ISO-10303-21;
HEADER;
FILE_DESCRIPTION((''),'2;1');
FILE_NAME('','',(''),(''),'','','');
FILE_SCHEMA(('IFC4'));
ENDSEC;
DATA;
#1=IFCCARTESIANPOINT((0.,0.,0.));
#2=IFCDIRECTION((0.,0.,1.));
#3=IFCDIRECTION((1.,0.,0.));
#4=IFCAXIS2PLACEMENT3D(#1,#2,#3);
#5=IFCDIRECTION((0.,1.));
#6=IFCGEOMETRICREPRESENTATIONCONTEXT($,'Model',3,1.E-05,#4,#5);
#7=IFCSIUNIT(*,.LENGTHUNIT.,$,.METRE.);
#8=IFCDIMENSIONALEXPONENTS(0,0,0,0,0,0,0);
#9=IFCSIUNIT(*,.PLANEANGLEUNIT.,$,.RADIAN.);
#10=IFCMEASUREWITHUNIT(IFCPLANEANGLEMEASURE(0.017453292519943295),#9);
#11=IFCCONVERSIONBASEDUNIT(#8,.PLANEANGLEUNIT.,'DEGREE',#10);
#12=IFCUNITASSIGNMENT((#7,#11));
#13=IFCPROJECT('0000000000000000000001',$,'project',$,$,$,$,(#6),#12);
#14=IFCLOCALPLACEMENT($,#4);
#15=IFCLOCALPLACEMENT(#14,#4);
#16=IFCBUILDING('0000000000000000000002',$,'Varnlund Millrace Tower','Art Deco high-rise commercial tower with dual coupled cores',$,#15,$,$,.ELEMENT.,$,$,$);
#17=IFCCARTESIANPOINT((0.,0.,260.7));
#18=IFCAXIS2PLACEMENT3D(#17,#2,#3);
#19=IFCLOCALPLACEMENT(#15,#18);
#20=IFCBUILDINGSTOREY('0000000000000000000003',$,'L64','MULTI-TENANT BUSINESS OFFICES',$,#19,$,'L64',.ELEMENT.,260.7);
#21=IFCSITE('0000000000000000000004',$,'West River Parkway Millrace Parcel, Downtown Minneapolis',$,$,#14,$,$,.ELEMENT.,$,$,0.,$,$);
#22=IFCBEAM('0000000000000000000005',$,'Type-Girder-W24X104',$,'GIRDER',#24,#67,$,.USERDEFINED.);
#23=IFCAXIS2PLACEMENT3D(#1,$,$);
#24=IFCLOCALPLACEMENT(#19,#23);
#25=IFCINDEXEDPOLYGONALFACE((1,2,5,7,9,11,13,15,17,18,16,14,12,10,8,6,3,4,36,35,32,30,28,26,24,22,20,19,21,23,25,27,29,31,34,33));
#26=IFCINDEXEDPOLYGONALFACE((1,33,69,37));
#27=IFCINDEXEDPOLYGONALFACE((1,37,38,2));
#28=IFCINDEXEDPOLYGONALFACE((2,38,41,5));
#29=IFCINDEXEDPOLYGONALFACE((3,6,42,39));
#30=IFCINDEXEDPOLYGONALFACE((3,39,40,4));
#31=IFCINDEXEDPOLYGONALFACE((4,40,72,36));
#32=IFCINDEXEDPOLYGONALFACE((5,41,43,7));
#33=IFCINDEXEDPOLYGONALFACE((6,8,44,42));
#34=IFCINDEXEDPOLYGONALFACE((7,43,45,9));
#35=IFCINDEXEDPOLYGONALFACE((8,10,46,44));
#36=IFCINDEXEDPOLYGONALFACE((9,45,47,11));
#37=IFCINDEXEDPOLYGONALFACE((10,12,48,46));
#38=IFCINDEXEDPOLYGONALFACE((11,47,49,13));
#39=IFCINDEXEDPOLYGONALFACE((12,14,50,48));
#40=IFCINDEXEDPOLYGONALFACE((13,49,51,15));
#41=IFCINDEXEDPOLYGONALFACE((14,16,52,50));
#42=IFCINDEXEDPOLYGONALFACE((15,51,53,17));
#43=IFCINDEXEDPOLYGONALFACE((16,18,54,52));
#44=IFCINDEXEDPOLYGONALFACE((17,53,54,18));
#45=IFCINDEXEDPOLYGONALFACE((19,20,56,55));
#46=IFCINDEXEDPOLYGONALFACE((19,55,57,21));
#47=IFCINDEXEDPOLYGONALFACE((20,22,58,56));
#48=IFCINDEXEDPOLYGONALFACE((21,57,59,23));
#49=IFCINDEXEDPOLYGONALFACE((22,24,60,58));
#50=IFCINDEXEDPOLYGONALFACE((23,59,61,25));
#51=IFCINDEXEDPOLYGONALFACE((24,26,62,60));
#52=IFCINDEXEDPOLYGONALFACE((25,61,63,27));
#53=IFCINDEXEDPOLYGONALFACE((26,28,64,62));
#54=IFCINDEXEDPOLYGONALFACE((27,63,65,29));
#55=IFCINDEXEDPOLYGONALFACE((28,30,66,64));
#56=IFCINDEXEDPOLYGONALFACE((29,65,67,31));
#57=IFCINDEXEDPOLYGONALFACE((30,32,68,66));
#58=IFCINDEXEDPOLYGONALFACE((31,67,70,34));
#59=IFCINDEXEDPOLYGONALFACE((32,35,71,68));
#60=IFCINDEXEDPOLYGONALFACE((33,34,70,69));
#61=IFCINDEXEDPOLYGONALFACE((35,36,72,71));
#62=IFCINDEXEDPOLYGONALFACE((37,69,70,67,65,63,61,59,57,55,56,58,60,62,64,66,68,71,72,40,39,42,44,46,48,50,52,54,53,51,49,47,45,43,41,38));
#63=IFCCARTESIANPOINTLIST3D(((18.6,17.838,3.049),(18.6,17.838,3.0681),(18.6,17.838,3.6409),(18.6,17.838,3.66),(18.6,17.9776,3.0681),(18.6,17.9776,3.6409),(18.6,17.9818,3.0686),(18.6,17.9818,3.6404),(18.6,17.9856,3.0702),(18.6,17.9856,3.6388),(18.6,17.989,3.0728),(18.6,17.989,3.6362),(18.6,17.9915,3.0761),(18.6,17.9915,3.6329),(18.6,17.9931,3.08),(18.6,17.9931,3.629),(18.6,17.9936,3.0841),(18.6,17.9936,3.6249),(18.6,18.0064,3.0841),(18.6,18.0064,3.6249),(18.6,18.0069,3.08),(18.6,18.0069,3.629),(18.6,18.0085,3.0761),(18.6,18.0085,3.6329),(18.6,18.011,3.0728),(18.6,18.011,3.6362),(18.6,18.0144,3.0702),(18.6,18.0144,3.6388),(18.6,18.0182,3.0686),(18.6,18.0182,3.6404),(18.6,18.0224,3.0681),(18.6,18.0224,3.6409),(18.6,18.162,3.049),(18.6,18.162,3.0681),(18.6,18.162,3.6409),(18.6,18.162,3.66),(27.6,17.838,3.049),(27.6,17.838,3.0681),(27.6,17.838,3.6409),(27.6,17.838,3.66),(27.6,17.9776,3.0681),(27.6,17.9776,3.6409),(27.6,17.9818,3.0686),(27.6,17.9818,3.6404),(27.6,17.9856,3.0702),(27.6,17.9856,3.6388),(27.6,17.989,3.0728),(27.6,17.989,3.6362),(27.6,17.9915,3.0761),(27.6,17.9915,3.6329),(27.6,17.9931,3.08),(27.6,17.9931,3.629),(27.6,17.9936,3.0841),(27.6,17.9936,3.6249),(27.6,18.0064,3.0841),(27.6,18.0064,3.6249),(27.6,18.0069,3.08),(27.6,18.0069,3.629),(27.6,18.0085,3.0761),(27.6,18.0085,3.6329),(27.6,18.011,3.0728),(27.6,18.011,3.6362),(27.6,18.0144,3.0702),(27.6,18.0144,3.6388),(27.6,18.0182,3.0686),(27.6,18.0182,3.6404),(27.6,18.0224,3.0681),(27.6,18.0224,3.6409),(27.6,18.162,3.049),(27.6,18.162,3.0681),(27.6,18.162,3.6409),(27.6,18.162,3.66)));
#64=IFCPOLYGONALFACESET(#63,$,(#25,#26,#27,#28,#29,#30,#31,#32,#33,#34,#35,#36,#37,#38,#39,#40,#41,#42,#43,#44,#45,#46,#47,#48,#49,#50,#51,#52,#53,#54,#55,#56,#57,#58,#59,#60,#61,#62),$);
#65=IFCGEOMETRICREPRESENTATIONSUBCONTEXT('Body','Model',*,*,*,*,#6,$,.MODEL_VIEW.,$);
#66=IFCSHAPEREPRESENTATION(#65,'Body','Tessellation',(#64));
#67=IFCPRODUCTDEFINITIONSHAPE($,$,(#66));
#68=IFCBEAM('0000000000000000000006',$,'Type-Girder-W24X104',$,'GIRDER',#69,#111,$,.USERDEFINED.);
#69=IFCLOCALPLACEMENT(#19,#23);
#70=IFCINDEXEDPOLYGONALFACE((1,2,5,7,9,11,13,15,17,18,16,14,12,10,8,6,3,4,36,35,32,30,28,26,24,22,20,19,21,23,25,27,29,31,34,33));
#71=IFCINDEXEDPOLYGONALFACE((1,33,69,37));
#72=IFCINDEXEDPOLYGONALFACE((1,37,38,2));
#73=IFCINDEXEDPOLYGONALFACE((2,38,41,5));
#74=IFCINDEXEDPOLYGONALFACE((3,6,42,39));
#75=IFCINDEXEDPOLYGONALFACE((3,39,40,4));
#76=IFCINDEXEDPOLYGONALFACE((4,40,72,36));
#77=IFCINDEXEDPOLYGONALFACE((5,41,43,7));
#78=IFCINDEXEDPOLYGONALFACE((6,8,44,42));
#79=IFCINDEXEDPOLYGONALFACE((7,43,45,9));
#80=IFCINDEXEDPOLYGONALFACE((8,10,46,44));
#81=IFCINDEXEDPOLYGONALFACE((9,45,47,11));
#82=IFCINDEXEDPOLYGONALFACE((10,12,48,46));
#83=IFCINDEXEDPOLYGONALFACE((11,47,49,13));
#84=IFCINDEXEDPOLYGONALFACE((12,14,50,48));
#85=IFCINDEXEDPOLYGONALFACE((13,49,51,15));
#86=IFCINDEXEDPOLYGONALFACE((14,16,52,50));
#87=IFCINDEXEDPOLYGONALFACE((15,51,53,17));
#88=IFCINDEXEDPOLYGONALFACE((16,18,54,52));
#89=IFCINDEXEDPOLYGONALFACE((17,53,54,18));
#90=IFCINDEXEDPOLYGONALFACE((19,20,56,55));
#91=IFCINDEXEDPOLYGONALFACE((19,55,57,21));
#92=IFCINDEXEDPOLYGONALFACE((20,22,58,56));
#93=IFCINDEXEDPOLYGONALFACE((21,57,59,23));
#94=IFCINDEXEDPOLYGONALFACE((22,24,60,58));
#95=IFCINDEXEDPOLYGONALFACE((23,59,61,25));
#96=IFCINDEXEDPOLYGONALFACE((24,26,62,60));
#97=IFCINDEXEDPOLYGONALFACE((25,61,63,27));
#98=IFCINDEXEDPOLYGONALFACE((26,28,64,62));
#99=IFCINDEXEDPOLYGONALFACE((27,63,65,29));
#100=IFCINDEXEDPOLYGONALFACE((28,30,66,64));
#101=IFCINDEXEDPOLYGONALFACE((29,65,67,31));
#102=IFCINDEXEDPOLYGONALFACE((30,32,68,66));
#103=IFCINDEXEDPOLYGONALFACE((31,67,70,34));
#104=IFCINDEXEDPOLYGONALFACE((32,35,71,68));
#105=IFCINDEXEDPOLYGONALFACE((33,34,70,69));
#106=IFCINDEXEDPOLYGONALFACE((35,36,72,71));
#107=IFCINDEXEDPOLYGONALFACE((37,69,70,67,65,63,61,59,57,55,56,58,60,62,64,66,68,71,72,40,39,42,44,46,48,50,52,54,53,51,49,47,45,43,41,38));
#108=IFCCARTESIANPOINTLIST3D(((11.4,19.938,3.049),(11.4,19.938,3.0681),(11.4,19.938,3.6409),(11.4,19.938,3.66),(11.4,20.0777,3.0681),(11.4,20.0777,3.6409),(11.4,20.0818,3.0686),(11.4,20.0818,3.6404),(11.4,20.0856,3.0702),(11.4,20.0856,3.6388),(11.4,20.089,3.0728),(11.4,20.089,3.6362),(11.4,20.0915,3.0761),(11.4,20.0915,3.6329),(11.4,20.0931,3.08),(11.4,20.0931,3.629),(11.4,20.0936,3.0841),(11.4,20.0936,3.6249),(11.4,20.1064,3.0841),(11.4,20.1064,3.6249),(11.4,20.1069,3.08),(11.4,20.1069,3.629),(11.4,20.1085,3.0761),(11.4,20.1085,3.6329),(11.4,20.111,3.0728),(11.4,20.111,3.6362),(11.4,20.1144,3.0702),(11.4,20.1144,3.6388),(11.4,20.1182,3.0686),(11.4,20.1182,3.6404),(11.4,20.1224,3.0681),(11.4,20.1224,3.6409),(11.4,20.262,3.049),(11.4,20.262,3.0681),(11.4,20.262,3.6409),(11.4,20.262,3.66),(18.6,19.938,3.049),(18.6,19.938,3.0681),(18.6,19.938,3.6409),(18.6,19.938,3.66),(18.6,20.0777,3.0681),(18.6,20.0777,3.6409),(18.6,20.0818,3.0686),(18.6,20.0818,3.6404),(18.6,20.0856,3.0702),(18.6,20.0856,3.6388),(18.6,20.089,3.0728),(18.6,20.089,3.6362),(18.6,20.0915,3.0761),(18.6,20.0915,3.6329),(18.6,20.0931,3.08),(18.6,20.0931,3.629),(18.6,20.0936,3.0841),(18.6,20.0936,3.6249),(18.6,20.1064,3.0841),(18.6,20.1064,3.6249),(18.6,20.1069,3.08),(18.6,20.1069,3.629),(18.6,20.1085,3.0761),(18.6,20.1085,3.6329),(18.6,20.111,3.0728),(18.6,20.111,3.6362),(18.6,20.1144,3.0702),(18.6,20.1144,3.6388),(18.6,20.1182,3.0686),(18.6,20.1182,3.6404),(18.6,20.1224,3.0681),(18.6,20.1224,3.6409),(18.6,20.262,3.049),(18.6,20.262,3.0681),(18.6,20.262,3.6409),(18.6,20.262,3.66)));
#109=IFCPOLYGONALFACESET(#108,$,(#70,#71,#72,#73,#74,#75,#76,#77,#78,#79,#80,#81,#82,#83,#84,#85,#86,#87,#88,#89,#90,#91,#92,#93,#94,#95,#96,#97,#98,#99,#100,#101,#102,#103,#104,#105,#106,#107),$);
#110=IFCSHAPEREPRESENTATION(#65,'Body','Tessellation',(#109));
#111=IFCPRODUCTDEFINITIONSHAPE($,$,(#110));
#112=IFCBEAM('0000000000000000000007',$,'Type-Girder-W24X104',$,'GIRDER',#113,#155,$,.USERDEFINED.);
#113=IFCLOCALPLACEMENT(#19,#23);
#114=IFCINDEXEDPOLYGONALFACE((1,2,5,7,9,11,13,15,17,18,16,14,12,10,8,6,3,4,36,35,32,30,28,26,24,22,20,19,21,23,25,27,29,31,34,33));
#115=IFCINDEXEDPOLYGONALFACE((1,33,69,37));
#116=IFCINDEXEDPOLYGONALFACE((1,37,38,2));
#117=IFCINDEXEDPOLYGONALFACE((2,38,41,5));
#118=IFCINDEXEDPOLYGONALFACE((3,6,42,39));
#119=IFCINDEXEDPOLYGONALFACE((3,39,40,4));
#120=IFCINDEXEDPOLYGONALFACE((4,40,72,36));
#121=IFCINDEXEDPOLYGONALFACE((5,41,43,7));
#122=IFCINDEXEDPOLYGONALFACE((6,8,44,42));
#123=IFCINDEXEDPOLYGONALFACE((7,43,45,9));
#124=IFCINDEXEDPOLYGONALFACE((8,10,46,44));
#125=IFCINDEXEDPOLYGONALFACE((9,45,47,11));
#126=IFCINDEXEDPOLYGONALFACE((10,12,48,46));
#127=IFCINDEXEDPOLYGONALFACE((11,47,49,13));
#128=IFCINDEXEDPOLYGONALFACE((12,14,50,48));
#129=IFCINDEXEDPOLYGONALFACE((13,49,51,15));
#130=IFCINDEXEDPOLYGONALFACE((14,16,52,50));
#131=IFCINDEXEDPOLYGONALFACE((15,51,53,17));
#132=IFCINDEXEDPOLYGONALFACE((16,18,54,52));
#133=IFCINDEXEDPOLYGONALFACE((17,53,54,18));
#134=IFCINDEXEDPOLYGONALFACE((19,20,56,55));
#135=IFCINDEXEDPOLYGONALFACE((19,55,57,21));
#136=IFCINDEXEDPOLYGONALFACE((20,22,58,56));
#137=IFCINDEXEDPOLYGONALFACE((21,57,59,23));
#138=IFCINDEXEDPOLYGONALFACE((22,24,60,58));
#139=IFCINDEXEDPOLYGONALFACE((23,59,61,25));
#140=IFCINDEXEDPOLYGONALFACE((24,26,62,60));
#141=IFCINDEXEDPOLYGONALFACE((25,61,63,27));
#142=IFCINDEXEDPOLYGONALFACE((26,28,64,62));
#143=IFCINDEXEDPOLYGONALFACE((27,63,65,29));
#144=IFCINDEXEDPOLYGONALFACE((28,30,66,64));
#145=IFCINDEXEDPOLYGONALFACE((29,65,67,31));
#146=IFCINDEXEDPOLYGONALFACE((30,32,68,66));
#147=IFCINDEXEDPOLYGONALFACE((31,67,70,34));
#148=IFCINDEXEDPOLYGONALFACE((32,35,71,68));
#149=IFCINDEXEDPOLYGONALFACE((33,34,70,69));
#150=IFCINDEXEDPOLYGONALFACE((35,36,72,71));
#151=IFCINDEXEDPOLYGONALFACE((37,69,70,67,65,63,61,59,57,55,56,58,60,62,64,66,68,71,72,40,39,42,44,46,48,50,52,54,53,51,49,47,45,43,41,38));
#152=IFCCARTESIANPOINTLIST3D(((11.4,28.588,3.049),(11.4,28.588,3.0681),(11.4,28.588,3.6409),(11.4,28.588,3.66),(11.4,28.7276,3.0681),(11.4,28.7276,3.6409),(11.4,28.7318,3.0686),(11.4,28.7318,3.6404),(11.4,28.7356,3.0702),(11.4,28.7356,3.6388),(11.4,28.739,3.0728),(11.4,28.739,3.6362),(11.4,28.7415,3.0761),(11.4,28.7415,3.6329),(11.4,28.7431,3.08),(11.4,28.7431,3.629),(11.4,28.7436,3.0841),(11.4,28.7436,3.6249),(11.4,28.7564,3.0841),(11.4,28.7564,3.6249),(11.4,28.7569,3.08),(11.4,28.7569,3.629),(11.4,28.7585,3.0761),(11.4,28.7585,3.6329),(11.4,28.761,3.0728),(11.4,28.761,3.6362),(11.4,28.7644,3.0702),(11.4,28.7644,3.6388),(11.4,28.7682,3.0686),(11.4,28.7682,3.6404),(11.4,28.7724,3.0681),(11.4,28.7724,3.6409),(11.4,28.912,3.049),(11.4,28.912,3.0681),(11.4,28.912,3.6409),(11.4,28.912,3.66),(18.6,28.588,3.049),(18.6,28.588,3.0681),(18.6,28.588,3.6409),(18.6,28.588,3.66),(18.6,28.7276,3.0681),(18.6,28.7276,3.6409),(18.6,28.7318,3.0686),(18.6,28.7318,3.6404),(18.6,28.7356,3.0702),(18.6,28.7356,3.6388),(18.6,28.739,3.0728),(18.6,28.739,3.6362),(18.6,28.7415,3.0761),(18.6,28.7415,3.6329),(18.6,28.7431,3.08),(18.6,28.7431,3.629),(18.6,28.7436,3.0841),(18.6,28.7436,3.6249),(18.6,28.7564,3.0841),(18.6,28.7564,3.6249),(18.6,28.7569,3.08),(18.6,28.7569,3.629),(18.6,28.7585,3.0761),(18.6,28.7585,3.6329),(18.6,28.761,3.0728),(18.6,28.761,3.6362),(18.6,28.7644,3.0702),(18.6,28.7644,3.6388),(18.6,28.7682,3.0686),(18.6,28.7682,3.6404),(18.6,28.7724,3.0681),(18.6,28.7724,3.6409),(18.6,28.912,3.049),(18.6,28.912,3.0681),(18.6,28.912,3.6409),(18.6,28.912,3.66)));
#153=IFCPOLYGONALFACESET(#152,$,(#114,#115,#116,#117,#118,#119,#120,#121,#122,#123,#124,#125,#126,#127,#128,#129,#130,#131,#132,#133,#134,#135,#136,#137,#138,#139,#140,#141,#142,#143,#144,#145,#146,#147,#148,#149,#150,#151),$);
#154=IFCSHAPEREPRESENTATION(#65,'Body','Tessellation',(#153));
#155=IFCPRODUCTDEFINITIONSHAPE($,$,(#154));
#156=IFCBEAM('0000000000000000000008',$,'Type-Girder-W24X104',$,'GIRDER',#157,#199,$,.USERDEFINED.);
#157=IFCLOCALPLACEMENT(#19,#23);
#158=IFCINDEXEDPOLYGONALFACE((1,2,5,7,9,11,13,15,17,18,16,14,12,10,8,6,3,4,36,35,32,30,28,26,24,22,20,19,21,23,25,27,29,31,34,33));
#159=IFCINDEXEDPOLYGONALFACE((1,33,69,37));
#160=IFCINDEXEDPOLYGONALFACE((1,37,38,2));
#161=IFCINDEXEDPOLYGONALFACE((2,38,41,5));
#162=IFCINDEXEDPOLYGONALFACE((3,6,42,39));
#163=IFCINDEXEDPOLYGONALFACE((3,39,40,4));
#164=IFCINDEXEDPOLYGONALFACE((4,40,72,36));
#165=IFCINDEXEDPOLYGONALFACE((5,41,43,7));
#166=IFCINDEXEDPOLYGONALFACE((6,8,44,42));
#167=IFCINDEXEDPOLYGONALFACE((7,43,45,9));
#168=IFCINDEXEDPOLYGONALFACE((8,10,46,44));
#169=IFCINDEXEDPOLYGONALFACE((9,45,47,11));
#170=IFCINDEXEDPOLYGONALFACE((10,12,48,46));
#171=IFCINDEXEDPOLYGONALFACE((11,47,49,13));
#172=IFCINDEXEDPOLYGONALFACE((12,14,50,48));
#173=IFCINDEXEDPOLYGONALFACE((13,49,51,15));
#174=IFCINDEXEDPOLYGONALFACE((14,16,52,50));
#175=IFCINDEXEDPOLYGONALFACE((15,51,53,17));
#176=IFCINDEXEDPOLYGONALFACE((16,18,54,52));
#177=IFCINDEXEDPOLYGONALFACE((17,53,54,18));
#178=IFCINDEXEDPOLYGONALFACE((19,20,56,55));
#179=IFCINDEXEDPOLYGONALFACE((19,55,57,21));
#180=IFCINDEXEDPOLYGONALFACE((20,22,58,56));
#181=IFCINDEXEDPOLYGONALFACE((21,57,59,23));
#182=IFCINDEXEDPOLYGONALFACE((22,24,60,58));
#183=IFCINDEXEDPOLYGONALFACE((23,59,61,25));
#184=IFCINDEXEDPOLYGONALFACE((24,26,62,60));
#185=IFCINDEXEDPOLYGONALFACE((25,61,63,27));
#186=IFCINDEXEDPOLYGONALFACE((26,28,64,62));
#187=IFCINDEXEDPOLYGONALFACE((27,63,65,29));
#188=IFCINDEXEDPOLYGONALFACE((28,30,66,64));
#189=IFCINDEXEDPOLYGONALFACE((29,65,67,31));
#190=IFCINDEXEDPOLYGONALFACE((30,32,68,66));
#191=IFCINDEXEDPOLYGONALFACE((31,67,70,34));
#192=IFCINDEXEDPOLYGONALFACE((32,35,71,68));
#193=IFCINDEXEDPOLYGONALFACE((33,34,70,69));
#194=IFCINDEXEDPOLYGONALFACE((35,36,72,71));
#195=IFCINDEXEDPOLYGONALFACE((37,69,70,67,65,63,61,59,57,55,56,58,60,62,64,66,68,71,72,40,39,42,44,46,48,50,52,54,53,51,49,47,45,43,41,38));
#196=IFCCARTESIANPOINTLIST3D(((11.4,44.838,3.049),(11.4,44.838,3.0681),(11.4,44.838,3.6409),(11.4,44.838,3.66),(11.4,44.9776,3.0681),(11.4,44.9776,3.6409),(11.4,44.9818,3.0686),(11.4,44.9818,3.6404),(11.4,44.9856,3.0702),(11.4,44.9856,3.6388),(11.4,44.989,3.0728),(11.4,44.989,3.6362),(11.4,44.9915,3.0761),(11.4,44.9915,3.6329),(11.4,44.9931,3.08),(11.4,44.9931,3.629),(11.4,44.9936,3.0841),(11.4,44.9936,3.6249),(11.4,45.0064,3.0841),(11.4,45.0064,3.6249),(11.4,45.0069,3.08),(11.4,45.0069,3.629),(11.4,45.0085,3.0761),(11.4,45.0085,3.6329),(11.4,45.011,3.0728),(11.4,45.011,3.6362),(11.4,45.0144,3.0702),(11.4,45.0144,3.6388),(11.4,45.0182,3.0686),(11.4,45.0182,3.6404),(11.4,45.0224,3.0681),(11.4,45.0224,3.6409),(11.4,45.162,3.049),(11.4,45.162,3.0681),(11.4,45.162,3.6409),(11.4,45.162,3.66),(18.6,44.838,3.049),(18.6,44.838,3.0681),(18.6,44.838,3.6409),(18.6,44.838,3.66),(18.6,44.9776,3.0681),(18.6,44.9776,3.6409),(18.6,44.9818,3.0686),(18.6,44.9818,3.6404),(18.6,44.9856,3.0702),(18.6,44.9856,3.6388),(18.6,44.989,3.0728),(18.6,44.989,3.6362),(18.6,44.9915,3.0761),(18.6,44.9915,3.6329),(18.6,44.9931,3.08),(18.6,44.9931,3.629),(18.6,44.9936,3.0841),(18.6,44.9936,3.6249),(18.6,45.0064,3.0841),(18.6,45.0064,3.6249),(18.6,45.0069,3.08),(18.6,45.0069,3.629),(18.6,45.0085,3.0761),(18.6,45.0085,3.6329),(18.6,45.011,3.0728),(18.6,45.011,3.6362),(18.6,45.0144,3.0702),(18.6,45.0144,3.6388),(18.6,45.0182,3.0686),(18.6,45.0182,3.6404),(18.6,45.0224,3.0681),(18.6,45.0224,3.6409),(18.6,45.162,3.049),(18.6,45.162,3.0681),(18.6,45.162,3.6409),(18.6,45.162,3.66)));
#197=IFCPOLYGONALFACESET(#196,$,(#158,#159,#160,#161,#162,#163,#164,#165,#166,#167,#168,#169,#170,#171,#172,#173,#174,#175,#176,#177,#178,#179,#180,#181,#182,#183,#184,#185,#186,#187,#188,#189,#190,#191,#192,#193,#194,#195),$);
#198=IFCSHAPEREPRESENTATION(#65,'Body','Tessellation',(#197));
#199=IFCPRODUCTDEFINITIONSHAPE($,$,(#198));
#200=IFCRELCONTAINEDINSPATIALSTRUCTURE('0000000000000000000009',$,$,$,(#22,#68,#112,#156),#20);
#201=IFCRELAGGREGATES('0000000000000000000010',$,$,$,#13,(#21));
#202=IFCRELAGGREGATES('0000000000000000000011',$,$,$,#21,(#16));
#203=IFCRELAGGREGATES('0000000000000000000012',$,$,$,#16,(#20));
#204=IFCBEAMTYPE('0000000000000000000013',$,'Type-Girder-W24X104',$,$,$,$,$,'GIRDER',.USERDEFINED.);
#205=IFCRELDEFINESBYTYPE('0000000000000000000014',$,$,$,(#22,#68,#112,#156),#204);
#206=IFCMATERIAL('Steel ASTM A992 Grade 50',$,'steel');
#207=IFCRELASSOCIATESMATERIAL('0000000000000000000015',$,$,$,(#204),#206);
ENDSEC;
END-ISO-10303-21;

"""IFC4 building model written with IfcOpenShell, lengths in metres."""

from ifc_helpers import new_model, entity, si_unit, converted_unit, direction, frame, origin_with_axes, origin_2d_with_axis, place, context, subcontext, project, spatial, i_section, extrude, material, material_profile, profile_set, type_object, element, save


model = new_model("IFC4")

# Units and contexts
model_context = context("Model", 3, precision=1e-05, world=origin_with_axes(), true_north=direction((0.0, 1.0)))
body_context = subcontext(model_context, "Body", "Model", "MODEL_VIEW")
ifc_project = project(units=[si_unit("LENGTHUNIT", "METRE"), converted_unit("PLANEANGLEUNIT", "DEGREE", entity("IfcPlaneAngleMeasure", 0.017453292519943295), si_unit("PLANEANGLEUNIT", "RADIAN"), dimensions=[0, 0, 0, 0, 0, 0, 0])], contexts=[model_context])

# Site, building, storey
site_placement = place(None, origin_with_axes())
site = spatial("IfcSite", under=ifc_project, at=site_placement, Name="West River Parkway Millrace Parcel, Downtown Minneapolis", CompositionType="ELEMENT", RefElevation=0.0)
building_placement = place(site_placement, origin_with_axes())
building = spatial("IfcBuilding", under=site, at=building_placement, Name="Varnlund Millrace Tower", Description="Art Deco high-rise commercial tower with dual coupled cores", CompositionType="ELEMENT")
storey_placement = place(building_placement, frame((0.0, 0.0, 260.7), z_axis=(0.0, 0.0, 1.0), x_axis=(1.0, 0.0, 0.0)))
storey = spatial("IfcBuildingStorey", under=building, at=storey_placement, Name="L64", Description="MULTI-TENANT BUSINESS OFFICES", LongName="L64", CompositionType="ELEMENT", Elevation=260.7)

# Beams
ifc_material_1 = material(Name="Steel ASTM A992 Grade 50", Category="steel")
ifc_material_profile_1 = material_profile(ifc_material_1, i_section(OverallWidth=0.324, OverallDepth=0.611, WebThickness=0.0127, FlangeThickness=0.0191, FilletRadius=0.016, at=origin_2d_with_axis()), Name="Steel ASTM A992 Grade 50")
ifc_profile_set_1 = profile_set([ifc_material_profile_1], Name="Steel ASTM A992 Grade 50")
beam_type_1 = type_object("IfcBeamType", Name="Type-Girder-W24X104", ElementType="GIRDER", PredefinedType="USERDEFINED", material=ifc_profile_set_1)
beam_1_placement = place(storey_placement, frame((18.6, 18.0, 3.3545), z_axis=(1.0, 0.0, 0.0), x_axis=(0.0, 1.0, 0.0)))
element("IfcBeam", 1, at=beam_1_placement, inside=storey, type_object=beam_type_1, Name="Type-Girder-W24X104", ObjectType="GIRDER", PredefinedType="USERDEFINED", context=body_context, shape_type="SweptSolid", body=[
    extrude(i_section(OverallWidth=0.324, OverallDepth=0.611, WebThickness=0.0127, FlangeThickness=0.0191, FilletRadius=0.016, at=origin_2d_with_axis()), origin_with_axes(), (0.0, 0.0, 1.0), 9.0),
])
for number, where, z_axis, x_axis, name in (
    (2, (11.4, 20.1, 3.3545), (1.0, 0.0, 0.0), (0.0, 1.0, 0.0), "Type-Girder-W24X104"),
    (3, (11.4, 28.75, 3.3545), (1.0, 0.0, 0.0), (0.0, 1.0, 0.0), "Type-Girder-W24X104"),
    (4, (11.4, 45.0, 3.3545), (1.0, 0.0, 0.0), (0.0, 1.0, 0.0), "Type-Girder-W24X104"),
):
    element("IfcBeam", number, at=place(storey_placement, frame(where, z_axis=z_axis, x_axis=x_axis)), inside=storey, type_object=beam_type_1, Name=name, ObjectType="GIRDER", PredefinedType="USERDEFINED", context=body_context, shape_type="SweptSolid", body=[
        extrude(i_section(OverallWidth=0.324, OverallDepth=0.611, WebThickness=0.0127, FlangeThickness=0.0191, FilletRadius=0.016, at=origin_2d_with_axis()), origin_with_axes(), (0.0, 0.0, 1.0), 7.2),
    ])

save(model, "model.ifc")
